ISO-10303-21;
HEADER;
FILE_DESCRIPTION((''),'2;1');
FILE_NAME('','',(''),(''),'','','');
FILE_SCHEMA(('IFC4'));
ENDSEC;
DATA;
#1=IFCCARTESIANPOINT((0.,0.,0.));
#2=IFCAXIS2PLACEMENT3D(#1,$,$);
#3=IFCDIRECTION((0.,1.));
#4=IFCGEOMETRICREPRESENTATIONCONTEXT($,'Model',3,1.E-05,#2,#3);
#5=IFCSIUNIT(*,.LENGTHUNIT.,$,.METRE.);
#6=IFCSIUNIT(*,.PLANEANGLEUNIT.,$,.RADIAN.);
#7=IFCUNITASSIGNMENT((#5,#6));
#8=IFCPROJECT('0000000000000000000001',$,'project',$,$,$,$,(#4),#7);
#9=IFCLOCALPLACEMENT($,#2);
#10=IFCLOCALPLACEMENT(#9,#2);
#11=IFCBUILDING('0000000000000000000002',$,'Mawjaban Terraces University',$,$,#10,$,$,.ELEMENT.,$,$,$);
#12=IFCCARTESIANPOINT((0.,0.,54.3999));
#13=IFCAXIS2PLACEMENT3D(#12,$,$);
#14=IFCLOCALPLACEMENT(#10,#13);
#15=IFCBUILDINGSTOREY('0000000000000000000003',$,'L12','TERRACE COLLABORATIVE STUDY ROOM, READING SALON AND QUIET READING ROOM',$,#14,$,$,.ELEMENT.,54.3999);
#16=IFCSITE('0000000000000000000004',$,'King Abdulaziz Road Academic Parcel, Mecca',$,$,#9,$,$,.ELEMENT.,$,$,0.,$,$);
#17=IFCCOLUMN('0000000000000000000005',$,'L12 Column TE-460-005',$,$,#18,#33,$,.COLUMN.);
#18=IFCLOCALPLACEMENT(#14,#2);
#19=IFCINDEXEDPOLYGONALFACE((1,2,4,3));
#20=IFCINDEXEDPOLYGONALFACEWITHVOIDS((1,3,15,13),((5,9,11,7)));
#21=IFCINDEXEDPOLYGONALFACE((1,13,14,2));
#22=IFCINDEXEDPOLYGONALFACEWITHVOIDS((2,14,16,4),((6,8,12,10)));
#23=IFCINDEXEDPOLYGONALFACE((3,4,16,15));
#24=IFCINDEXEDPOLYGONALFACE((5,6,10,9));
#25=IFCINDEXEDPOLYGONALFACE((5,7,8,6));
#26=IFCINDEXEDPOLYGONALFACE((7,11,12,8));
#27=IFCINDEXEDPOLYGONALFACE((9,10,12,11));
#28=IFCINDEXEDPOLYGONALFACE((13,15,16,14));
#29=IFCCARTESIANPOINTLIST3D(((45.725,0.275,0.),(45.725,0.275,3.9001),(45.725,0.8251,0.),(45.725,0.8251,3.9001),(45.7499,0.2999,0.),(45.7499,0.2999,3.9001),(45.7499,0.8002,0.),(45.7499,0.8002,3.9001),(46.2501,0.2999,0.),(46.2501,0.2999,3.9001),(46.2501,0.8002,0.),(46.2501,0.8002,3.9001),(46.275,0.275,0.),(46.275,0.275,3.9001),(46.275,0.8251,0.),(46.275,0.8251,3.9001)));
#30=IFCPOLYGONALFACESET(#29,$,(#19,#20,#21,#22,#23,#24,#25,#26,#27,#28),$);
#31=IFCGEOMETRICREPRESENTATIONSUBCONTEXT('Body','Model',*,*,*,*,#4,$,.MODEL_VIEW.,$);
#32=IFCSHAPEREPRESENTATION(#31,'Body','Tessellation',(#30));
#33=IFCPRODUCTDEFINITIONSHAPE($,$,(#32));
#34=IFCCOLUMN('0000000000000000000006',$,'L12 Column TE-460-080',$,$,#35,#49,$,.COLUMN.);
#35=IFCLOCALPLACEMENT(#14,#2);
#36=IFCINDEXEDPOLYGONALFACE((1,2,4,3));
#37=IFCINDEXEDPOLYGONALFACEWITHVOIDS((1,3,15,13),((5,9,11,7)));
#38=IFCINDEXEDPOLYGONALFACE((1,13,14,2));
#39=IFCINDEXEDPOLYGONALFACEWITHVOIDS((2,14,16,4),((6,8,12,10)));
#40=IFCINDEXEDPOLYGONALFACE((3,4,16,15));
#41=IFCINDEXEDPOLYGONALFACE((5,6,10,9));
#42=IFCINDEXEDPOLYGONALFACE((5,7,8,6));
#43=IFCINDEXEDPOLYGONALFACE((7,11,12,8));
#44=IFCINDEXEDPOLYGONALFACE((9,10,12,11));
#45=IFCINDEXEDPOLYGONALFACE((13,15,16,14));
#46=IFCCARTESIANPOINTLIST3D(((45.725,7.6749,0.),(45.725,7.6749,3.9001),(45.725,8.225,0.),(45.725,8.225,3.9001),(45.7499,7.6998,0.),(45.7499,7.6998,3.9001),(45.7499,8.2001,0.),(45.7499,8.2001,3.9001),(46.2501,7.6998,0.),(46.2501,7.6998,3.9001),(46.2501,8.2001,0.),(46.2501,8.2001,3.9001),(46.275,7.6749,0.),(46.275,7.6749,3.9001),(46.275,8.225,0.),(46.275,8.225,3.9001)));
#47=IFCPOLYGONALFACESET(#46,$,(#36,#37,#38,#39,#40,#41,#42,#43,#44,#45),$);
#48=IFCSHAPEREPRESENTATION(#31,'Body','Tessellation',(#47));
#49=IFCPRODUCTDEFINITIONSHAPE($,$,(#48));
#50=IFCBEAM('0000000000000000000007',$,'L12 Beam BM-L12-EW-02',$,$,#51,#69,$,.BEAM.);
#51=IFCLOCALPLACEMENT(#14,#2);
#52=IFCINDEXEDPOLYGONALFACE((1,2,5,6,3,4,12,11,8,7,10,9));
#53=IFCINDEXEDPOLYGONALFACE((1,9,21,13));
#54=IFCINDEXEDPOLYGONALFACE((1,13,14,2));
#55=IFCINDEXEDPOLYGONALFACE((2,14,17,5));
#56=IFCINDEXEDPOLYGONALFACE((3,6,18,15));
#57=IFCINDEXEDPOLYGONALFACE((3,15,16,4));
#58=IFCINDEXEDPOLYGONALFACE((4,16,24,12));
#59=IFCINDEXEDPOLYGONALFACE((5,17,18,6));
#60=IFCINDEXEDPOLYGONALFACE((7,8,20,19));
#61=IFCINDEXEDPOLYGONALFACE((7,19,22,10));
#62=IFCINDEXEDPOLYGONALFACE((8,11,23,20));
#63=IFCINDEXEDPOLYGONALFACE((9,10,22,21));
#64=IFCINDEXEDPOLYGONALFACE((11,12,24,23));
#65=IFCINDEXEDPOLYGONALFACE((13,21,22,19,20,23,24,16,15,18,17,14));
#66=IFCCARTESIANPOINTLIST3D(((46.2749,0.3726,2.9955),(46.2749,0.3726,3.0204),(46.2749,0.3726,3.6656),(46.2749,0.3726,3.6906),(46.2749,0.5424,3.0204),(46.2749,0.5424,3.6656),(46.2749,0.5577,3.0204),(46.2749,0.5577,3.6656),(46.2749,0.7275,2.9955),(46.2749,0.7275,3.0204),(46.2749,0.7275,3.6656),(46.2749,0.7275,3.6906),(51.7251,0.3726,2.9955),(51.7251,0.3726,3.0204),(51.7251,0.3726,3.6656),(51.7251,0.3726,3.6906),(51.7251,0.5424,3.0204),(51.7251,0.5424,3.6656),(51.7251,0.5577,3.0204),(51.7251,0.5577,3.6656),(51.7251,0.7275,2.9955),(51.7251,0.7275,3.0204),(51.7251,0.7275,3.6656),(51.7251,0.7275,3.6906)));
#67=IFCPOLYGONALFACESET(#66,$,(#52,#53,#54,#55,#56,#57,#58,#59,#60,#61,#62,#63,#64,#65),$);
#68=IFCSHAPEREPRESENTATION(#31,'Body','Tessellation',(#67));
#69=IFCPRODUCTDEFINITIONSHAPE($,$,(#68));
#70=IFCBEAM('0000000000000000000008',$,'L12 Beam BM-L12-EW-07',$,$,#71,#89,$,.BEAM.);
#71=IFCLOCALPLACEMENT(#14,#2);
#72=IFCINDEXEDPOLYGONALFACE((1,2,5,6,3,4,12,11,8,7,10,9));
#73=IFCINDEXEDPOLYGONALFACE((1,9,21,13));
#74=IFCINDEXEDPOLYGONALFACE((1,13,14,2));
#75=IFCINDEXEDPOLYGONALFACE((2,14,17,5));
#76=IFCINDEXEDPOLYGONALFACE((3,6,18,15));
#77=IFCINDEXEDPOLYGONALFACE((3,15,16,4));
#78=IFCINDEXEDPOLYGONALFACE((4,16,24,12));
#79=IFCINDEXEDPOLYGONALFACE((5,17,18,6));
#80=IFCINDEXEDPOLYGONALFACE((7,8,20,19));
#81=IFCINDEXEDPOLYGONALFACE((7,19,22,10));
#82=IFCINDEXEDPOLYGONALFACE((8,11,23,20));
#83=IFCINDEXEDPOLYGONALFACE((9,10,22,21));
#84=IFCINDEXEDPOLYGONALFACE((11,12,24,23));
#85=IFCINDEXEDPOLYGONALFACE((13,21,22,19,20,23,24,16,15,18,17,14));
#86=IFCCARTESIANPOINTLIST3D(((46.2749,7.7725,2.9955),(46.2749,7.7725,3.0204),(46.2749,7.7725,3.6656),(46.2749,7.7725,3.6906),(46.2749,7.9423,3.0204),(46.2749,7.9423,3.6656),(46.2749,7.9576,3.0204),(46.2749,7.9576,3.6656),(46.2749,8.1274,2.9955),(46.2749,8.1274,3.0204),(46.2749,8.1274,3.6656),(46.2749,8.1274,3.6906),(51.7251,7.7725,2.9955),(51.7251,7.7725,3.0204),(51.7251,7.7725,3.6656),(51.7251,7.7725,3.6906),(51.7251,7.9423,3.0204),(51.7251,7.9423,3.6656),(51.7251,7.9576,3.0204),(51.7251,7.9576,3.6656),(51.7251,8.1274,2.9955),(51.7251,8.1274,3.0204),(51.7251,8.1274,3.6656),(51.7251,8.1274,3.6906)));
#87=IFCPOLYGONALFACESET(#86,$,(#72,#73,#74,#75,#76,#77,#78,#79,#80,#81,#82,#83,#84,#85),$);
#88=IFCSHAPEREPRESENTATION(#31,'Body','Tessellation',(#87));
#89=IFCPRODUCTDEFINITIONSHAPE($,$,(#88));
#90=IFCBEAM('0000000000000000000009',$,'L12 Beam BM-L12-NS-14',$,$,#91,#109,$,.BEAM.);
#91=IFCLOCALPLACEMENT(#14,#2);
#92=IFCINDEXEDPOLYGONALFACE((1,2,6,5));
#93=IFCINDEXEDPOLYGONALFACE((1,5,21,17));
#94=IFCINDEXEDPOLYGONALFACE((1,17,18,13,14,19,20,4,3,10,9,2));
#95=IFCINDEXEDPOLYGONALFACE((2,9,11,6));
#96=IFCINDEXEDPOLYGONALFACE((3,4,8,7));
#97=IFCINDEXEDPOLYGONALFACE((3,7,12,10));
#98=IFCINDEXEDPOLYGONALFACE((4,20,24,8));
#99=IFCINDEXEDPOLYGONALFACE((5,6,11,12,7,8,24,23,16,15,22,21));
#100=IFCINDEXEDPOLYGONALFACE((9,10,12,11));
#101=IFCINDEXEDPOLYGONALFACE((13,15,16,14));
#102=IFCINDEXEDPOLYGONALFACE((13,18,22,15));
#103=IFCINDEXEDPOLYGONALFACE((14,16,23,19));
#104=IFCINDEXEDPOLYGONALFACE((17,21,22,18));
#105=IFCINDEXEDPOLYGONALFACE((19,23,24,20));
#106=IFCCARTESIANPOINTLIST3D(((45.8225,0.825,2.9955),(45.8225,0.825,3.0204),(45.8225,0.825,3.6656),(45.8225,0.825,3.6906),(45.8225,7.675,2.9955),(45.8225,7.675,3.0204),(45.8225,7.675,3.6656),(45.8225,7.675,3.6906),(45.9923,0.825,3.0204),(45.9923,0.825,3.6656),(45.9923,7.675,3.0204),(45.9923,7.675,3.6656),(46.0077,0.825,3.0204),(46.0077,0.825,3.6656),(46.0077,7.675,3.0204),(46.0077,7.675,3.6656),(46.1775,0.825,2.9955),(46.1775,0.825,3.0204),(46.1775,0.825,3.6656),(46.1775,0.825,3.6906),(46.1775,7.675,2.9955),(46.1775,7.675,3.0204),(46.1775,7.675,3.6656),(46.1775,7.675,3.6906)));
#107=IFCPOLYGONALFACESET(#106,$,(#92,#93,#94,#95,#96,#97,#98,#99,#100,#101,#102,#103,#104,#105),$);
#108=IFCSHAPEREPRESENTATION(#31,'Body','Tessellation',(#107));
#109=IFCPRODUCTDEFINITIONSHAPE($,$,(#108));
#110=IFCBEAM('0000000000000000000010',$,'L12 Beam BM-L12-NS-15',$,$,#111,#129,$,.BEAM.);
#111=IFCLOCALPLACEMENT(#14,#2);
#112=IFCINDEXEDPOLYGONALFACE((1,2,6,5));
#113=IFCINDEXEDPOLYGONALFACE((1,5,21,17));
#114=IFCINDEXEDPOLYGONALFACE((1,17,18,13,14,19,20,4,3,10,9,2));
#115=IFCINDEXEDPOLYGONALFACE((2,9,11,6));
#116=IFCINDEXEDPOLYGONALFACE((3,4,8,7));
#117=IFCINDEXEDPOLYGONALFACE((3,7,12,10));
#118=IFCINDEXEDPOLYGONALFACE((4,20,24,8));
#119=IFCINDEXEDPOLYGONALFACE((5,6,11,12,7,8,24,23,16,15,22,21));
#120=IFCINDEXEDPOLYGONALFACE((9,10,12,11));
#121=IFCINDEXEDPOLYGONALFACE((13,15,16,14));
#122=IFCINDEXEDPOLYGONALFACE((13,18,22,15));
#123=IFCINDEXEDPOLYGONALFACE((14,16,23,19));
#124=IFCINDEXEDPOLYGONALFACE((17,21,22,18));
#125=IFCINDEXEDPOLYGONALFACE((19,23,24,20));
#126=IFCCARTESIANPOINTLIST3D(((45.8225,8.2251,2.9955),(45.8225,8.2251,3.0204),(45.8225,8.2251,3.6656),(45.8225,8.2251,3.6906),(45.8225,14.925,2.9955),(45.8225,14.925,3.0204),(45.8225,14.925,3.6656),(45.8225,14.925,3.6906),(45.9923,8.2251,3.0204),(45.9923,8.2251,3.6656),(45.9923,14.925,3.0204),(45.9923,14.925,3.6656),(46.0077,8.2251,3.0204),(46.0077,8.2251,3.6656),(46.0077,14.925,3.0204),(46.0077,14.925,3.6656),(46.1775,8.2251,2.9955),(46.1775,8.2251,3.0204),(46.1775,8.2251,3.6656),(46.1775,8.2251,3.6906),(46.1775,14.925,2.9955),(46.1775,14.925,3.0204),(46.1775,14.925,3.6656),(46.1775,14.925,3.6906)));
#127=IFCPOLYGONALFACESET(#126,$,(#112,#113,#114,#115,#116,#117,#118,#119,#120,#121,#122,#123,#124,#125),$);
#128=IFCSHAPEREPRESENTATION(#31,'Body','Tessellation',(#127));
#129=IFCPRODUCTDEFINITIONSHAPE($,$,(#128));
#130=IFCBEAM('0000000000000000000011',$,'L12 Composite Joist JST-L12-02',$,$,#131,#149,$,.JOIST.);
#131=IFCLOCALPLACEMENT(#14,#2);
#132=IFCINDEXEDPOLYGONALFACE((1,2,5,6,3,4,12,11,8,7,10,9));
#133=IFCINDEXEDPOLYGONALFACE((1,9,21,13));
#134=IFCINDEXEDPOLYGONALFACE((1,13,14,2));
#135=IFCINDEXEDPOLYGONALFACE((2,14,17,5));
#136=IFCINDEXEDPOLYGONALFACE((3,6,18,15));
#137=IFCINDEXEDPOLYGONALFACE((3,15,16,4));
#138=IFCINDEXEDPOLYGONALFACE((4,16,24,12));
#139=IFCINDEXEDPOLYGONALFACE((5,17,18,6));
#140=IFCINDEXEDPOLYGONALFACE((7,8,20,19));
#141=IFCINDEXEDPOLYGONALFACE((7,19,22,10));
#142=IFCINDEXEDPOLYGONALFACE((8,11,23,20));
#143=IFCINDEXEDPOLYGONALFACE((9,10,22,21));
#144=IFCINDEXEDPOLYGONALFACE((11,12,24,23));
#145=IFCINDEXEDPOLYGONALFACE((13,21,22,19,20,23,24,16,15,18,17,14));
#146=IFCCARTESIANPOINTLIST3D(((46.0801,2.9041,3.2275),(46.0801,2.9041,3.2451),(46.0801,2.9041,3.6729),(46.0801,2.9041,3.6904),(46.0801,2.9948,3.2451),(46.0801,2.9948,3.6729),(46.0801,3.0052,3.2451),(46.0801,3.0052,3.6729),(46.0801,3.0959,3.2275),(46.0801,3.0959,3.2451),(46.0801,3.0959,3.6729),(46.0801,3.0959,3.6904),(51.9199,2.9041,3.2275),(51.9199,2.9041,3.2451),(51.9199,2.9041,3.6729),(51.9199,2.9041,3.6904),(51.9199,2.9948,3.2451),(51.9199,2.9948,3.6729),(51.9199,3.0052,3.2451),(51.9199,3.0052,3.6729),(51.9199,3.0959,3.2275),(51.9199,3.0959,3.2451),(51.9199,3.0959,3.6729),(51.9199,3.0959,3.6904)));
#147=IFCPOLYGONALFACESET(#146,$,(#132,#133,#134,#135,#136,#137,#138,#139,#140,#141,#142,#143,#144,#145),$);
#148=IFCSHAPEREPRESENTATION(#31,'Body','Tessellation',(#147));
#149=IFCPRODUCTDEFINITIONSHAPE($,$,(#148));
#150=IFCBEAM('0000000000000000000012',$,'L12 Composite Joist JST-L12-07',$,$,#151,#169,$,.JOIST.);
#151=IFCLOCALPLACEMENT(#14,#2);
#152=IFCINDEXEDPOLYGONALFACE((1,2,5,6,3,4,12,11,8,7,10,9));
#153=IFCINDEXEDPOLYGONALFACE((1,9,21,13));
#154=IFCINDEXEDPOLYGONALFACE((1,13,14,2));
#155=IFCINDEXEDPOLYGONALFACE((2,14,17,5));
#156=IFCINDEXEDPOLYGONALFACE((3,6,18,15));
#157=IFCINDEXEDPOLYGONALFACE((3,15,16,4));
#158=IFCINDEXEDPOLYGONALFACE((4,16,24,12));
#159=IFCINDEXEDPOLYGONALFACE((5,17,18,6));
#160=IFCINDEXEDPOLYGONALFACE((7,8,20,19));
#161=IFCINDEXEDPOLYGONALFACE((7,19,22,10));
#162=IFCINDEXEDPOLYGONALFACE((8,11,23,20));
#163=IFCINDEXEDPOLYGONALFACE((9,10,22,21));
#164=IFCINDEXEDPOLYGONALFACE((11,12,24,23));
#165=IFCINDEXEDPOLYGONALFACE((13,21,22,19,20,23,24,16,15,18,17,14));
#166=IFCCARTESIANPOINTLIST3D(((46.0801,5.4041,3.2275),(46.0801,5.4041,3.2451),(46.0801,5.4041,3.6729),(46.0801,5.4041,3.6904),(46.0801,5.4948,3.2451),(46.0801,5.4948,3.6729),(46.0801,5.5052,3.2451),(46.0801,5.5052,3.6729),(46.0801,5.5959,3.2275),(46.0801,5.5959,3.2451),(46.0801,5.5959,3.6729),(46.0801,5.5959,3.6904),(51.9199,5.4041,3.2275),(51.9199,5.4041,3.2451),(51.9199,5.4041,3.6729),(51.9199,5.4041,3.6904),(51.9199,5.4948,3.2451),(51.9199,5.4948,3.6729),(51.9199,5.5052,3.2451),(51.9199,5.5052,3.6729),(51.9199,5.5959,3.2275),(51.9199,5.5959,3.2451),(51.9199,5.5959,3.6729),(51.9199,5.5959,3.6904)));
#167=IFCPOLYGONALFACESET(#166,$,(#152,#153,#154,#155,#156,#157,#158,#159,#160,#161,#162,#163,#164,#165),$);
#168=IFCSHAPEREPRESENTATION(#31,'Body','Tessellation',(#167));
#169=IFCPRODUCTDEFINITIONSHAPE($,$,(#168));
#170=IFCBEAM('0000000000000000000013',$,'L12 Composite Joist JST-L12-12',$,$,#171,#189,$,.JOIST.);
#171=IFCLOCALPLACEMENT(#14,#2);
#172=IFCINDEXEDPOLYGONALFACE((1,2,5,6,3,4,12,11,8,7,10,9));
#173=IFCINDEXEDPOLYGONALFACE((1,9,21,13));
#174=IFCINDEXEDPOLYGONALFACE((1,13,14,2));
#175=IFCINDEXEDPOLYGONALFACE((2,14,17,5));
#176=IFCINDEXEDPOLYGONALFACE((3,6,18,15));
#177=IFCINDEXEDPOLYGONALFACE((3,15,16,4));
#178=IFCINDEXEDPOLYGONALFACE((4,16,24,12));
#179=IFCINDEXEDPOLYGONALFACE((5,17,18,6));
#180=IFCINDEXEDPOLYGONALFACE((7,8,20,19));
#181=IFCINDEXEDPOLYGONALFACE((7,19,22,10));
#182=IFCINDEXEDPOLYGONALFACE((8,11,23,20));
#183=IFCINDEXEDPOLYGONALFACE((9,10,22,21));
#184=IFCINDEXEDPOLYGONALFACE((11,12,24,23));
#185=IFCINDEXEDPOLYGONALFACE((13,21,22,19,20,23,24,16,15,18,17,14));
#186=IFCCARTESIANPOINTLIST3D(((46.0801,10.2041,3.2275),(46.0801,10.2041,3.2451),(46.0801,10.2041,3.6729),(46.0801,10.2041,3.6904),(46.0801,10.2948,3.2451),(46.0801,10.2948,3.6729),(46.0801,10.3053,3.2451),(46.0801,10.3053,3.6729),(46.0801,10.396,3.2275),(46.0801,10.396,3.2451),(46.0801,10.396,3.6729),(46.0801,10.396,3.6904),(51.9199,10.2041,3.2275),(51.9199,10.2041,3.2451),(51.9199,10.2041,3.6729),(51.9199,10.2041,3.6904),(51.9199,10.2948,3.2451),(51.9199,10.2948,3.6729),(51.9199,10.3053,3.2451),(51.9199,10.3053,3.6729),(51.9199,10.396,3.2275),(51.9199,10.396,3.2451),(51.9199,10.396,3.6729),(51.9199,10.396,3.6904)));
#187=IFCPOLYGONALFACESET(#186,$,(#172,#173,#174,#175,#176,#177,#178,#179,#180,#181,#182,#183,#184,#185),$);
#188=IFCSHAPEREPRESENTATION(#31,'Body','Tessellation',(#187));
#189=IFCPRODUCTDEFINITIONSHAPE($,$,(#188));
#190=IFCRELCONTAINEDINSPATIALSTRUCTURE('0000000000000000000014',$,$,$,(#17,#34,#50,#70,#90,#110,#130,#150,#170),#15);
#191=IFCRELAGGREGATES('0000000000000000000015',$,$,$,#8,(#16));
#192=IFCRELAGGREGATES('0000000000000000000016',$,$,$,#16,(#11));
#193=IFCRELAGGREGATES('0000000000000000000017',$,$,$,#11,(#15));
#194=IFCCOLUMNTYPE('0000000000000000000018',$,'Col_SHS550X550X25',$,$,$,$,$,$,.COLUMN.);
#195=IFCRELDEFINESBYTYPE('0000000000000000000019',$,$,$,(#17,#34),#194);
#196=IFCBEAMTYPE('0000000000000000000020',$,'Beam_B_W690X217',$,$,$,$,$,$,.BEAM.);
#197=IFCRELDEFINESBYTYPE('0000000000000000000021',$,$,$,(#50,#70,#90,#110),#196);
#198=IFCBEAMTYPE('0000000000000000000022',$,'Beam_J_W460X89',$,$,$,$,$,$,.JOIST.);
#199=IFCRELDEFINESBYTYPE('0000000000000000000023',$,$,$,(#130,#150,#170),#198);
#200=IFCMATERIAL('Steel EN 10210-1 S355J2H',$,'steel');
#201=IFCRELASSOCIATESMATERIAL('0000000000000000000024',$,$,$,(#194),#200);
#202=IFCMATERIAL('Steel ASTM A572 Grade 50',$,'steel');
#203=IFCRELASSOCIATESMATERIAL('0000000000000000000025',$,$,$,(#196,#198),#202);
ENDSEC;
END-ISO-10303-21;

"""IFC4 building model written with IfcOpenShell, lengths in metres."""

from ifc_helpers import new_model, si_unit, direction, frame, origin, origin_2d, place, context, subcontext, project, spatial, hollow_rectangle, i_section, extrude, material, material_profile, profile_set, type_object, element, save


model = new_model("IFC4")

# Units and contexts
model_context = context("Model", 3, precision=1e-05, world=origin(), true_north=direction((0.0, 1.0)))
body_context = subcontext(model_context, "Body", "Model", "MODEL_VIEW")
ifc_project = project(units=[si_unit("LENGTHUNIT", "METRE"), si_unit("PLANEANGLEUNIT", "RADIAN")], contexts=[model_context])

# Site, building, storey
site_placement = place(None, origin())
site = spatial("IfcSite", under=ifc_project, at=site_placement, Name="King Abdulaziz Road Academic Parcel, Mecca", CompositionType="ELEMENT", RefElevation=0.0)
building_placement = place(site_placement, origin())
building = spatial("IfcBuilding", under=site, at=building_placement, Name="Mawjaban Terraces University", CompositionType="ELEMENT")
storey_placement = place(building_placement, frame((0.0, 0.0, 54.3999)))
storey = spatial("IfcBuildingStorey", under=building, at=storey_placement, Name="L12", Description="TERRACE COLLABORATIVE STUDY ROOM, READING SALON AND QUIET READING ROOM", CompositionType="ELEMENT", Elevation=54.3999)

# Columns
ifc_material_1 = material(Name="Steel EN 10210-1 S355J2H", Category="steel")
ifc_material_profile_1 = material_profile(ifc_material_1, hollow_rectangle(XDim=0.55, YDim=0.55, WallThickness=0.0249, at=origin_2d()), Name="SHS550X550X25")
ifc_profile_set_1 = profile_set([ifc_material_profile_1], Name="Steel EN 10210-1 S355J2H")
column_type = type_object("IfcColumnType", Name="Col_SHS550X550X25", PredefinedType="COLUMN", material=ifc_profile_set_1)
for number, where, z_axis, x_axis, name in (
    (1, (46.0, 0.55, 0.0), (0.0, 0.0, 1.0), (1.0, 0.0, 0.0), "L12 Column TE-460-005"),
    (2, (46.0, 7.95, 0.0), (0.0, 0.0, 1.0), (1.0, 0.0, 0.0), "L12 Column TE-460-080"),
):
    element("IfcColumn", number, at=place(storey_placement, frame(where, z_axis=z_axis, x_axis=x_axis)), inside=storey, type_object=column_type, Name=name, PredefinedType="COLUMN", context=body_context, shape_type="SweptSolid", body=[
        extrude(hollow_rectangle(XDim=0.55, YDim=0.55, WallThickness=0.0249, at=origin_2d()), origin(), (0.0, 0.0, 1.0), 3.9001),
    ])

# Beams
ifc_material_2 = material(Name="Steel ASTM A572 Grade 50", Category="steel")
ifc_material_profile_2 = material_profile(ifc_material_2, i_section(OverallWidth=0.355, OverallDepth=0.6951, WebThickness=0.0154, FlangeThickness=0.0249, at=origin_2d()), Name="W690X217")
ifc_profile_set_2 = profile_set([ifc_material_profile_2], Name="Steel ASTM A572 Grade 50")
beam_type_1 = type_object("IfcBeamType", Name="Beam_B_W690X217", PredefinedType="BEAM", material=ifc_profile_set_2)
for number, where, z_axis, x_axis, name in (
    (3, (46.2749, 0.55, 3.343), (1.0, 0.0, 0.0), (0.0, 1.0, 0.0), "L12 Beam BM-L12-EW-02"),
    (4, (46.2749, 7.95, 3.343), (1.0, 0.0, 0.0), (0.0, 1.0, 0.0), "L12 Beam BM-L12-EW-07"),
):
    element("IfcBeam", number, at=place(storey_placement, frame(where, z_axis=z_axis, x_axis=x_axis)), inside=storey, type_object=beam_type_1, Name=name, PredefinedType="BEAM", context=body_context, shape_type="SweptSolid", body=[
        extrude(i_section(OverallWidth=0.355, OverallDepth=0.6951, WebThickness=0.0154, FlangeThickness=0.0249, at=origin_2d()), origin(), (0.0, 0.0, 1.0), 5.4502),
    ])
beam_1_placement = place(storey_placement, frame((46.0, 0.825, 3.343), z_axis=(0.0, 1.0, 0.0), x_axis=(-1.0, 0.0, 0.0)))
element("IfcBeam", 5, at=beam_1_placement, inside=storey, type_object=beam_type_1, Name="L12 Beam BM-L12-NS-14", PredefinedType="BEAM", context=body_context, shape_type="SweptSolid", body=[
    extrude(i_section(OverallWidth=0.355, OverallDepth=0.6951, WebThickness=0.0154, FlangeThickness=0.0249, at=origin_2d()), origin(), (0.0, 0.0, 1.0), 6.8501),
])
beam_2_placement = place(storey_placement, frame((46.0, 8.2251, 3.343), z_axis=(0.0, 1.0, 0.0), x_axis=(-1.0, 0.0, 0.0)))
element("IfcBeam", 6, at=beam_2_placement, inside=storey, type_object=beam_type_1, Name="L12 Beam BM-L12-NS-15", PredefinedType="BEAM", context=body_context, shape_type="SweptSolid", body=[
    extrude(i_section(OverallWidth=0.355, OverallDepth=0.6951, WebThickness=0.0154, FlangeThickness=0.0249, at=origin_2d()), origin(), (0.0, 0.0, 1.0), 6.7),
])
ifc_material_profile_3 = material_profile(ifc_material_2, i_section(OverallWidth=0.1919, OverallDepth=0.4629, WebThickness=0.0105, FlangeThickness=0.0176, at=origin_2d()), Name="W460X89")
ifc_profile_set_3 = profile_set([ifc_material_profile_3], Name="Steel ASTM A572 Grade 50")
beam_type_2 = type_object("IfcBeamType", Name="Beam_J_W460X89", PredefinedType="JOIST", material=ifc_profile_set_3)
for number, where, z_axis, x_axis, name in (
    (7, (46.0801, 3.0, 3.459), (1.0, 0.0, 0.0), (0.0, 1.0, 0.0), "L12 Composite Joist JST-L12-02"),
    (8, (46.0801, 5.5, 3.459), (1.0, 0.0, 0.0), (0.0, 1.0, 0.0), "L12 Composite Joist JST-L12-07"),
    (9, (46.0801, 10.3, 3.459), (1.0, 0.0, 0.0), (0.0, 1.0, 0.0), "L12 Composite Joist JST-L12-12"),
):
    element("IfcBeam", number, at=place(storey_placement, frame(where, z_axis=z_axis, x_axis=x_axis)), inside=storey, type_object=beam_type_2, Name=name, PredefinedType="JOIST", context=body_context, shape_type="SweptSolid", body=[
        extrude(i_section(OverallWidth=0.1919, OverallDepth=0.4629, WebThickness=0.0105, FlangeThickness=0.0176, at=origin_2d()), origin(), (0.0, 0.0, 1.0), 5.8398),
    ])

save(model, "model.ifc")
